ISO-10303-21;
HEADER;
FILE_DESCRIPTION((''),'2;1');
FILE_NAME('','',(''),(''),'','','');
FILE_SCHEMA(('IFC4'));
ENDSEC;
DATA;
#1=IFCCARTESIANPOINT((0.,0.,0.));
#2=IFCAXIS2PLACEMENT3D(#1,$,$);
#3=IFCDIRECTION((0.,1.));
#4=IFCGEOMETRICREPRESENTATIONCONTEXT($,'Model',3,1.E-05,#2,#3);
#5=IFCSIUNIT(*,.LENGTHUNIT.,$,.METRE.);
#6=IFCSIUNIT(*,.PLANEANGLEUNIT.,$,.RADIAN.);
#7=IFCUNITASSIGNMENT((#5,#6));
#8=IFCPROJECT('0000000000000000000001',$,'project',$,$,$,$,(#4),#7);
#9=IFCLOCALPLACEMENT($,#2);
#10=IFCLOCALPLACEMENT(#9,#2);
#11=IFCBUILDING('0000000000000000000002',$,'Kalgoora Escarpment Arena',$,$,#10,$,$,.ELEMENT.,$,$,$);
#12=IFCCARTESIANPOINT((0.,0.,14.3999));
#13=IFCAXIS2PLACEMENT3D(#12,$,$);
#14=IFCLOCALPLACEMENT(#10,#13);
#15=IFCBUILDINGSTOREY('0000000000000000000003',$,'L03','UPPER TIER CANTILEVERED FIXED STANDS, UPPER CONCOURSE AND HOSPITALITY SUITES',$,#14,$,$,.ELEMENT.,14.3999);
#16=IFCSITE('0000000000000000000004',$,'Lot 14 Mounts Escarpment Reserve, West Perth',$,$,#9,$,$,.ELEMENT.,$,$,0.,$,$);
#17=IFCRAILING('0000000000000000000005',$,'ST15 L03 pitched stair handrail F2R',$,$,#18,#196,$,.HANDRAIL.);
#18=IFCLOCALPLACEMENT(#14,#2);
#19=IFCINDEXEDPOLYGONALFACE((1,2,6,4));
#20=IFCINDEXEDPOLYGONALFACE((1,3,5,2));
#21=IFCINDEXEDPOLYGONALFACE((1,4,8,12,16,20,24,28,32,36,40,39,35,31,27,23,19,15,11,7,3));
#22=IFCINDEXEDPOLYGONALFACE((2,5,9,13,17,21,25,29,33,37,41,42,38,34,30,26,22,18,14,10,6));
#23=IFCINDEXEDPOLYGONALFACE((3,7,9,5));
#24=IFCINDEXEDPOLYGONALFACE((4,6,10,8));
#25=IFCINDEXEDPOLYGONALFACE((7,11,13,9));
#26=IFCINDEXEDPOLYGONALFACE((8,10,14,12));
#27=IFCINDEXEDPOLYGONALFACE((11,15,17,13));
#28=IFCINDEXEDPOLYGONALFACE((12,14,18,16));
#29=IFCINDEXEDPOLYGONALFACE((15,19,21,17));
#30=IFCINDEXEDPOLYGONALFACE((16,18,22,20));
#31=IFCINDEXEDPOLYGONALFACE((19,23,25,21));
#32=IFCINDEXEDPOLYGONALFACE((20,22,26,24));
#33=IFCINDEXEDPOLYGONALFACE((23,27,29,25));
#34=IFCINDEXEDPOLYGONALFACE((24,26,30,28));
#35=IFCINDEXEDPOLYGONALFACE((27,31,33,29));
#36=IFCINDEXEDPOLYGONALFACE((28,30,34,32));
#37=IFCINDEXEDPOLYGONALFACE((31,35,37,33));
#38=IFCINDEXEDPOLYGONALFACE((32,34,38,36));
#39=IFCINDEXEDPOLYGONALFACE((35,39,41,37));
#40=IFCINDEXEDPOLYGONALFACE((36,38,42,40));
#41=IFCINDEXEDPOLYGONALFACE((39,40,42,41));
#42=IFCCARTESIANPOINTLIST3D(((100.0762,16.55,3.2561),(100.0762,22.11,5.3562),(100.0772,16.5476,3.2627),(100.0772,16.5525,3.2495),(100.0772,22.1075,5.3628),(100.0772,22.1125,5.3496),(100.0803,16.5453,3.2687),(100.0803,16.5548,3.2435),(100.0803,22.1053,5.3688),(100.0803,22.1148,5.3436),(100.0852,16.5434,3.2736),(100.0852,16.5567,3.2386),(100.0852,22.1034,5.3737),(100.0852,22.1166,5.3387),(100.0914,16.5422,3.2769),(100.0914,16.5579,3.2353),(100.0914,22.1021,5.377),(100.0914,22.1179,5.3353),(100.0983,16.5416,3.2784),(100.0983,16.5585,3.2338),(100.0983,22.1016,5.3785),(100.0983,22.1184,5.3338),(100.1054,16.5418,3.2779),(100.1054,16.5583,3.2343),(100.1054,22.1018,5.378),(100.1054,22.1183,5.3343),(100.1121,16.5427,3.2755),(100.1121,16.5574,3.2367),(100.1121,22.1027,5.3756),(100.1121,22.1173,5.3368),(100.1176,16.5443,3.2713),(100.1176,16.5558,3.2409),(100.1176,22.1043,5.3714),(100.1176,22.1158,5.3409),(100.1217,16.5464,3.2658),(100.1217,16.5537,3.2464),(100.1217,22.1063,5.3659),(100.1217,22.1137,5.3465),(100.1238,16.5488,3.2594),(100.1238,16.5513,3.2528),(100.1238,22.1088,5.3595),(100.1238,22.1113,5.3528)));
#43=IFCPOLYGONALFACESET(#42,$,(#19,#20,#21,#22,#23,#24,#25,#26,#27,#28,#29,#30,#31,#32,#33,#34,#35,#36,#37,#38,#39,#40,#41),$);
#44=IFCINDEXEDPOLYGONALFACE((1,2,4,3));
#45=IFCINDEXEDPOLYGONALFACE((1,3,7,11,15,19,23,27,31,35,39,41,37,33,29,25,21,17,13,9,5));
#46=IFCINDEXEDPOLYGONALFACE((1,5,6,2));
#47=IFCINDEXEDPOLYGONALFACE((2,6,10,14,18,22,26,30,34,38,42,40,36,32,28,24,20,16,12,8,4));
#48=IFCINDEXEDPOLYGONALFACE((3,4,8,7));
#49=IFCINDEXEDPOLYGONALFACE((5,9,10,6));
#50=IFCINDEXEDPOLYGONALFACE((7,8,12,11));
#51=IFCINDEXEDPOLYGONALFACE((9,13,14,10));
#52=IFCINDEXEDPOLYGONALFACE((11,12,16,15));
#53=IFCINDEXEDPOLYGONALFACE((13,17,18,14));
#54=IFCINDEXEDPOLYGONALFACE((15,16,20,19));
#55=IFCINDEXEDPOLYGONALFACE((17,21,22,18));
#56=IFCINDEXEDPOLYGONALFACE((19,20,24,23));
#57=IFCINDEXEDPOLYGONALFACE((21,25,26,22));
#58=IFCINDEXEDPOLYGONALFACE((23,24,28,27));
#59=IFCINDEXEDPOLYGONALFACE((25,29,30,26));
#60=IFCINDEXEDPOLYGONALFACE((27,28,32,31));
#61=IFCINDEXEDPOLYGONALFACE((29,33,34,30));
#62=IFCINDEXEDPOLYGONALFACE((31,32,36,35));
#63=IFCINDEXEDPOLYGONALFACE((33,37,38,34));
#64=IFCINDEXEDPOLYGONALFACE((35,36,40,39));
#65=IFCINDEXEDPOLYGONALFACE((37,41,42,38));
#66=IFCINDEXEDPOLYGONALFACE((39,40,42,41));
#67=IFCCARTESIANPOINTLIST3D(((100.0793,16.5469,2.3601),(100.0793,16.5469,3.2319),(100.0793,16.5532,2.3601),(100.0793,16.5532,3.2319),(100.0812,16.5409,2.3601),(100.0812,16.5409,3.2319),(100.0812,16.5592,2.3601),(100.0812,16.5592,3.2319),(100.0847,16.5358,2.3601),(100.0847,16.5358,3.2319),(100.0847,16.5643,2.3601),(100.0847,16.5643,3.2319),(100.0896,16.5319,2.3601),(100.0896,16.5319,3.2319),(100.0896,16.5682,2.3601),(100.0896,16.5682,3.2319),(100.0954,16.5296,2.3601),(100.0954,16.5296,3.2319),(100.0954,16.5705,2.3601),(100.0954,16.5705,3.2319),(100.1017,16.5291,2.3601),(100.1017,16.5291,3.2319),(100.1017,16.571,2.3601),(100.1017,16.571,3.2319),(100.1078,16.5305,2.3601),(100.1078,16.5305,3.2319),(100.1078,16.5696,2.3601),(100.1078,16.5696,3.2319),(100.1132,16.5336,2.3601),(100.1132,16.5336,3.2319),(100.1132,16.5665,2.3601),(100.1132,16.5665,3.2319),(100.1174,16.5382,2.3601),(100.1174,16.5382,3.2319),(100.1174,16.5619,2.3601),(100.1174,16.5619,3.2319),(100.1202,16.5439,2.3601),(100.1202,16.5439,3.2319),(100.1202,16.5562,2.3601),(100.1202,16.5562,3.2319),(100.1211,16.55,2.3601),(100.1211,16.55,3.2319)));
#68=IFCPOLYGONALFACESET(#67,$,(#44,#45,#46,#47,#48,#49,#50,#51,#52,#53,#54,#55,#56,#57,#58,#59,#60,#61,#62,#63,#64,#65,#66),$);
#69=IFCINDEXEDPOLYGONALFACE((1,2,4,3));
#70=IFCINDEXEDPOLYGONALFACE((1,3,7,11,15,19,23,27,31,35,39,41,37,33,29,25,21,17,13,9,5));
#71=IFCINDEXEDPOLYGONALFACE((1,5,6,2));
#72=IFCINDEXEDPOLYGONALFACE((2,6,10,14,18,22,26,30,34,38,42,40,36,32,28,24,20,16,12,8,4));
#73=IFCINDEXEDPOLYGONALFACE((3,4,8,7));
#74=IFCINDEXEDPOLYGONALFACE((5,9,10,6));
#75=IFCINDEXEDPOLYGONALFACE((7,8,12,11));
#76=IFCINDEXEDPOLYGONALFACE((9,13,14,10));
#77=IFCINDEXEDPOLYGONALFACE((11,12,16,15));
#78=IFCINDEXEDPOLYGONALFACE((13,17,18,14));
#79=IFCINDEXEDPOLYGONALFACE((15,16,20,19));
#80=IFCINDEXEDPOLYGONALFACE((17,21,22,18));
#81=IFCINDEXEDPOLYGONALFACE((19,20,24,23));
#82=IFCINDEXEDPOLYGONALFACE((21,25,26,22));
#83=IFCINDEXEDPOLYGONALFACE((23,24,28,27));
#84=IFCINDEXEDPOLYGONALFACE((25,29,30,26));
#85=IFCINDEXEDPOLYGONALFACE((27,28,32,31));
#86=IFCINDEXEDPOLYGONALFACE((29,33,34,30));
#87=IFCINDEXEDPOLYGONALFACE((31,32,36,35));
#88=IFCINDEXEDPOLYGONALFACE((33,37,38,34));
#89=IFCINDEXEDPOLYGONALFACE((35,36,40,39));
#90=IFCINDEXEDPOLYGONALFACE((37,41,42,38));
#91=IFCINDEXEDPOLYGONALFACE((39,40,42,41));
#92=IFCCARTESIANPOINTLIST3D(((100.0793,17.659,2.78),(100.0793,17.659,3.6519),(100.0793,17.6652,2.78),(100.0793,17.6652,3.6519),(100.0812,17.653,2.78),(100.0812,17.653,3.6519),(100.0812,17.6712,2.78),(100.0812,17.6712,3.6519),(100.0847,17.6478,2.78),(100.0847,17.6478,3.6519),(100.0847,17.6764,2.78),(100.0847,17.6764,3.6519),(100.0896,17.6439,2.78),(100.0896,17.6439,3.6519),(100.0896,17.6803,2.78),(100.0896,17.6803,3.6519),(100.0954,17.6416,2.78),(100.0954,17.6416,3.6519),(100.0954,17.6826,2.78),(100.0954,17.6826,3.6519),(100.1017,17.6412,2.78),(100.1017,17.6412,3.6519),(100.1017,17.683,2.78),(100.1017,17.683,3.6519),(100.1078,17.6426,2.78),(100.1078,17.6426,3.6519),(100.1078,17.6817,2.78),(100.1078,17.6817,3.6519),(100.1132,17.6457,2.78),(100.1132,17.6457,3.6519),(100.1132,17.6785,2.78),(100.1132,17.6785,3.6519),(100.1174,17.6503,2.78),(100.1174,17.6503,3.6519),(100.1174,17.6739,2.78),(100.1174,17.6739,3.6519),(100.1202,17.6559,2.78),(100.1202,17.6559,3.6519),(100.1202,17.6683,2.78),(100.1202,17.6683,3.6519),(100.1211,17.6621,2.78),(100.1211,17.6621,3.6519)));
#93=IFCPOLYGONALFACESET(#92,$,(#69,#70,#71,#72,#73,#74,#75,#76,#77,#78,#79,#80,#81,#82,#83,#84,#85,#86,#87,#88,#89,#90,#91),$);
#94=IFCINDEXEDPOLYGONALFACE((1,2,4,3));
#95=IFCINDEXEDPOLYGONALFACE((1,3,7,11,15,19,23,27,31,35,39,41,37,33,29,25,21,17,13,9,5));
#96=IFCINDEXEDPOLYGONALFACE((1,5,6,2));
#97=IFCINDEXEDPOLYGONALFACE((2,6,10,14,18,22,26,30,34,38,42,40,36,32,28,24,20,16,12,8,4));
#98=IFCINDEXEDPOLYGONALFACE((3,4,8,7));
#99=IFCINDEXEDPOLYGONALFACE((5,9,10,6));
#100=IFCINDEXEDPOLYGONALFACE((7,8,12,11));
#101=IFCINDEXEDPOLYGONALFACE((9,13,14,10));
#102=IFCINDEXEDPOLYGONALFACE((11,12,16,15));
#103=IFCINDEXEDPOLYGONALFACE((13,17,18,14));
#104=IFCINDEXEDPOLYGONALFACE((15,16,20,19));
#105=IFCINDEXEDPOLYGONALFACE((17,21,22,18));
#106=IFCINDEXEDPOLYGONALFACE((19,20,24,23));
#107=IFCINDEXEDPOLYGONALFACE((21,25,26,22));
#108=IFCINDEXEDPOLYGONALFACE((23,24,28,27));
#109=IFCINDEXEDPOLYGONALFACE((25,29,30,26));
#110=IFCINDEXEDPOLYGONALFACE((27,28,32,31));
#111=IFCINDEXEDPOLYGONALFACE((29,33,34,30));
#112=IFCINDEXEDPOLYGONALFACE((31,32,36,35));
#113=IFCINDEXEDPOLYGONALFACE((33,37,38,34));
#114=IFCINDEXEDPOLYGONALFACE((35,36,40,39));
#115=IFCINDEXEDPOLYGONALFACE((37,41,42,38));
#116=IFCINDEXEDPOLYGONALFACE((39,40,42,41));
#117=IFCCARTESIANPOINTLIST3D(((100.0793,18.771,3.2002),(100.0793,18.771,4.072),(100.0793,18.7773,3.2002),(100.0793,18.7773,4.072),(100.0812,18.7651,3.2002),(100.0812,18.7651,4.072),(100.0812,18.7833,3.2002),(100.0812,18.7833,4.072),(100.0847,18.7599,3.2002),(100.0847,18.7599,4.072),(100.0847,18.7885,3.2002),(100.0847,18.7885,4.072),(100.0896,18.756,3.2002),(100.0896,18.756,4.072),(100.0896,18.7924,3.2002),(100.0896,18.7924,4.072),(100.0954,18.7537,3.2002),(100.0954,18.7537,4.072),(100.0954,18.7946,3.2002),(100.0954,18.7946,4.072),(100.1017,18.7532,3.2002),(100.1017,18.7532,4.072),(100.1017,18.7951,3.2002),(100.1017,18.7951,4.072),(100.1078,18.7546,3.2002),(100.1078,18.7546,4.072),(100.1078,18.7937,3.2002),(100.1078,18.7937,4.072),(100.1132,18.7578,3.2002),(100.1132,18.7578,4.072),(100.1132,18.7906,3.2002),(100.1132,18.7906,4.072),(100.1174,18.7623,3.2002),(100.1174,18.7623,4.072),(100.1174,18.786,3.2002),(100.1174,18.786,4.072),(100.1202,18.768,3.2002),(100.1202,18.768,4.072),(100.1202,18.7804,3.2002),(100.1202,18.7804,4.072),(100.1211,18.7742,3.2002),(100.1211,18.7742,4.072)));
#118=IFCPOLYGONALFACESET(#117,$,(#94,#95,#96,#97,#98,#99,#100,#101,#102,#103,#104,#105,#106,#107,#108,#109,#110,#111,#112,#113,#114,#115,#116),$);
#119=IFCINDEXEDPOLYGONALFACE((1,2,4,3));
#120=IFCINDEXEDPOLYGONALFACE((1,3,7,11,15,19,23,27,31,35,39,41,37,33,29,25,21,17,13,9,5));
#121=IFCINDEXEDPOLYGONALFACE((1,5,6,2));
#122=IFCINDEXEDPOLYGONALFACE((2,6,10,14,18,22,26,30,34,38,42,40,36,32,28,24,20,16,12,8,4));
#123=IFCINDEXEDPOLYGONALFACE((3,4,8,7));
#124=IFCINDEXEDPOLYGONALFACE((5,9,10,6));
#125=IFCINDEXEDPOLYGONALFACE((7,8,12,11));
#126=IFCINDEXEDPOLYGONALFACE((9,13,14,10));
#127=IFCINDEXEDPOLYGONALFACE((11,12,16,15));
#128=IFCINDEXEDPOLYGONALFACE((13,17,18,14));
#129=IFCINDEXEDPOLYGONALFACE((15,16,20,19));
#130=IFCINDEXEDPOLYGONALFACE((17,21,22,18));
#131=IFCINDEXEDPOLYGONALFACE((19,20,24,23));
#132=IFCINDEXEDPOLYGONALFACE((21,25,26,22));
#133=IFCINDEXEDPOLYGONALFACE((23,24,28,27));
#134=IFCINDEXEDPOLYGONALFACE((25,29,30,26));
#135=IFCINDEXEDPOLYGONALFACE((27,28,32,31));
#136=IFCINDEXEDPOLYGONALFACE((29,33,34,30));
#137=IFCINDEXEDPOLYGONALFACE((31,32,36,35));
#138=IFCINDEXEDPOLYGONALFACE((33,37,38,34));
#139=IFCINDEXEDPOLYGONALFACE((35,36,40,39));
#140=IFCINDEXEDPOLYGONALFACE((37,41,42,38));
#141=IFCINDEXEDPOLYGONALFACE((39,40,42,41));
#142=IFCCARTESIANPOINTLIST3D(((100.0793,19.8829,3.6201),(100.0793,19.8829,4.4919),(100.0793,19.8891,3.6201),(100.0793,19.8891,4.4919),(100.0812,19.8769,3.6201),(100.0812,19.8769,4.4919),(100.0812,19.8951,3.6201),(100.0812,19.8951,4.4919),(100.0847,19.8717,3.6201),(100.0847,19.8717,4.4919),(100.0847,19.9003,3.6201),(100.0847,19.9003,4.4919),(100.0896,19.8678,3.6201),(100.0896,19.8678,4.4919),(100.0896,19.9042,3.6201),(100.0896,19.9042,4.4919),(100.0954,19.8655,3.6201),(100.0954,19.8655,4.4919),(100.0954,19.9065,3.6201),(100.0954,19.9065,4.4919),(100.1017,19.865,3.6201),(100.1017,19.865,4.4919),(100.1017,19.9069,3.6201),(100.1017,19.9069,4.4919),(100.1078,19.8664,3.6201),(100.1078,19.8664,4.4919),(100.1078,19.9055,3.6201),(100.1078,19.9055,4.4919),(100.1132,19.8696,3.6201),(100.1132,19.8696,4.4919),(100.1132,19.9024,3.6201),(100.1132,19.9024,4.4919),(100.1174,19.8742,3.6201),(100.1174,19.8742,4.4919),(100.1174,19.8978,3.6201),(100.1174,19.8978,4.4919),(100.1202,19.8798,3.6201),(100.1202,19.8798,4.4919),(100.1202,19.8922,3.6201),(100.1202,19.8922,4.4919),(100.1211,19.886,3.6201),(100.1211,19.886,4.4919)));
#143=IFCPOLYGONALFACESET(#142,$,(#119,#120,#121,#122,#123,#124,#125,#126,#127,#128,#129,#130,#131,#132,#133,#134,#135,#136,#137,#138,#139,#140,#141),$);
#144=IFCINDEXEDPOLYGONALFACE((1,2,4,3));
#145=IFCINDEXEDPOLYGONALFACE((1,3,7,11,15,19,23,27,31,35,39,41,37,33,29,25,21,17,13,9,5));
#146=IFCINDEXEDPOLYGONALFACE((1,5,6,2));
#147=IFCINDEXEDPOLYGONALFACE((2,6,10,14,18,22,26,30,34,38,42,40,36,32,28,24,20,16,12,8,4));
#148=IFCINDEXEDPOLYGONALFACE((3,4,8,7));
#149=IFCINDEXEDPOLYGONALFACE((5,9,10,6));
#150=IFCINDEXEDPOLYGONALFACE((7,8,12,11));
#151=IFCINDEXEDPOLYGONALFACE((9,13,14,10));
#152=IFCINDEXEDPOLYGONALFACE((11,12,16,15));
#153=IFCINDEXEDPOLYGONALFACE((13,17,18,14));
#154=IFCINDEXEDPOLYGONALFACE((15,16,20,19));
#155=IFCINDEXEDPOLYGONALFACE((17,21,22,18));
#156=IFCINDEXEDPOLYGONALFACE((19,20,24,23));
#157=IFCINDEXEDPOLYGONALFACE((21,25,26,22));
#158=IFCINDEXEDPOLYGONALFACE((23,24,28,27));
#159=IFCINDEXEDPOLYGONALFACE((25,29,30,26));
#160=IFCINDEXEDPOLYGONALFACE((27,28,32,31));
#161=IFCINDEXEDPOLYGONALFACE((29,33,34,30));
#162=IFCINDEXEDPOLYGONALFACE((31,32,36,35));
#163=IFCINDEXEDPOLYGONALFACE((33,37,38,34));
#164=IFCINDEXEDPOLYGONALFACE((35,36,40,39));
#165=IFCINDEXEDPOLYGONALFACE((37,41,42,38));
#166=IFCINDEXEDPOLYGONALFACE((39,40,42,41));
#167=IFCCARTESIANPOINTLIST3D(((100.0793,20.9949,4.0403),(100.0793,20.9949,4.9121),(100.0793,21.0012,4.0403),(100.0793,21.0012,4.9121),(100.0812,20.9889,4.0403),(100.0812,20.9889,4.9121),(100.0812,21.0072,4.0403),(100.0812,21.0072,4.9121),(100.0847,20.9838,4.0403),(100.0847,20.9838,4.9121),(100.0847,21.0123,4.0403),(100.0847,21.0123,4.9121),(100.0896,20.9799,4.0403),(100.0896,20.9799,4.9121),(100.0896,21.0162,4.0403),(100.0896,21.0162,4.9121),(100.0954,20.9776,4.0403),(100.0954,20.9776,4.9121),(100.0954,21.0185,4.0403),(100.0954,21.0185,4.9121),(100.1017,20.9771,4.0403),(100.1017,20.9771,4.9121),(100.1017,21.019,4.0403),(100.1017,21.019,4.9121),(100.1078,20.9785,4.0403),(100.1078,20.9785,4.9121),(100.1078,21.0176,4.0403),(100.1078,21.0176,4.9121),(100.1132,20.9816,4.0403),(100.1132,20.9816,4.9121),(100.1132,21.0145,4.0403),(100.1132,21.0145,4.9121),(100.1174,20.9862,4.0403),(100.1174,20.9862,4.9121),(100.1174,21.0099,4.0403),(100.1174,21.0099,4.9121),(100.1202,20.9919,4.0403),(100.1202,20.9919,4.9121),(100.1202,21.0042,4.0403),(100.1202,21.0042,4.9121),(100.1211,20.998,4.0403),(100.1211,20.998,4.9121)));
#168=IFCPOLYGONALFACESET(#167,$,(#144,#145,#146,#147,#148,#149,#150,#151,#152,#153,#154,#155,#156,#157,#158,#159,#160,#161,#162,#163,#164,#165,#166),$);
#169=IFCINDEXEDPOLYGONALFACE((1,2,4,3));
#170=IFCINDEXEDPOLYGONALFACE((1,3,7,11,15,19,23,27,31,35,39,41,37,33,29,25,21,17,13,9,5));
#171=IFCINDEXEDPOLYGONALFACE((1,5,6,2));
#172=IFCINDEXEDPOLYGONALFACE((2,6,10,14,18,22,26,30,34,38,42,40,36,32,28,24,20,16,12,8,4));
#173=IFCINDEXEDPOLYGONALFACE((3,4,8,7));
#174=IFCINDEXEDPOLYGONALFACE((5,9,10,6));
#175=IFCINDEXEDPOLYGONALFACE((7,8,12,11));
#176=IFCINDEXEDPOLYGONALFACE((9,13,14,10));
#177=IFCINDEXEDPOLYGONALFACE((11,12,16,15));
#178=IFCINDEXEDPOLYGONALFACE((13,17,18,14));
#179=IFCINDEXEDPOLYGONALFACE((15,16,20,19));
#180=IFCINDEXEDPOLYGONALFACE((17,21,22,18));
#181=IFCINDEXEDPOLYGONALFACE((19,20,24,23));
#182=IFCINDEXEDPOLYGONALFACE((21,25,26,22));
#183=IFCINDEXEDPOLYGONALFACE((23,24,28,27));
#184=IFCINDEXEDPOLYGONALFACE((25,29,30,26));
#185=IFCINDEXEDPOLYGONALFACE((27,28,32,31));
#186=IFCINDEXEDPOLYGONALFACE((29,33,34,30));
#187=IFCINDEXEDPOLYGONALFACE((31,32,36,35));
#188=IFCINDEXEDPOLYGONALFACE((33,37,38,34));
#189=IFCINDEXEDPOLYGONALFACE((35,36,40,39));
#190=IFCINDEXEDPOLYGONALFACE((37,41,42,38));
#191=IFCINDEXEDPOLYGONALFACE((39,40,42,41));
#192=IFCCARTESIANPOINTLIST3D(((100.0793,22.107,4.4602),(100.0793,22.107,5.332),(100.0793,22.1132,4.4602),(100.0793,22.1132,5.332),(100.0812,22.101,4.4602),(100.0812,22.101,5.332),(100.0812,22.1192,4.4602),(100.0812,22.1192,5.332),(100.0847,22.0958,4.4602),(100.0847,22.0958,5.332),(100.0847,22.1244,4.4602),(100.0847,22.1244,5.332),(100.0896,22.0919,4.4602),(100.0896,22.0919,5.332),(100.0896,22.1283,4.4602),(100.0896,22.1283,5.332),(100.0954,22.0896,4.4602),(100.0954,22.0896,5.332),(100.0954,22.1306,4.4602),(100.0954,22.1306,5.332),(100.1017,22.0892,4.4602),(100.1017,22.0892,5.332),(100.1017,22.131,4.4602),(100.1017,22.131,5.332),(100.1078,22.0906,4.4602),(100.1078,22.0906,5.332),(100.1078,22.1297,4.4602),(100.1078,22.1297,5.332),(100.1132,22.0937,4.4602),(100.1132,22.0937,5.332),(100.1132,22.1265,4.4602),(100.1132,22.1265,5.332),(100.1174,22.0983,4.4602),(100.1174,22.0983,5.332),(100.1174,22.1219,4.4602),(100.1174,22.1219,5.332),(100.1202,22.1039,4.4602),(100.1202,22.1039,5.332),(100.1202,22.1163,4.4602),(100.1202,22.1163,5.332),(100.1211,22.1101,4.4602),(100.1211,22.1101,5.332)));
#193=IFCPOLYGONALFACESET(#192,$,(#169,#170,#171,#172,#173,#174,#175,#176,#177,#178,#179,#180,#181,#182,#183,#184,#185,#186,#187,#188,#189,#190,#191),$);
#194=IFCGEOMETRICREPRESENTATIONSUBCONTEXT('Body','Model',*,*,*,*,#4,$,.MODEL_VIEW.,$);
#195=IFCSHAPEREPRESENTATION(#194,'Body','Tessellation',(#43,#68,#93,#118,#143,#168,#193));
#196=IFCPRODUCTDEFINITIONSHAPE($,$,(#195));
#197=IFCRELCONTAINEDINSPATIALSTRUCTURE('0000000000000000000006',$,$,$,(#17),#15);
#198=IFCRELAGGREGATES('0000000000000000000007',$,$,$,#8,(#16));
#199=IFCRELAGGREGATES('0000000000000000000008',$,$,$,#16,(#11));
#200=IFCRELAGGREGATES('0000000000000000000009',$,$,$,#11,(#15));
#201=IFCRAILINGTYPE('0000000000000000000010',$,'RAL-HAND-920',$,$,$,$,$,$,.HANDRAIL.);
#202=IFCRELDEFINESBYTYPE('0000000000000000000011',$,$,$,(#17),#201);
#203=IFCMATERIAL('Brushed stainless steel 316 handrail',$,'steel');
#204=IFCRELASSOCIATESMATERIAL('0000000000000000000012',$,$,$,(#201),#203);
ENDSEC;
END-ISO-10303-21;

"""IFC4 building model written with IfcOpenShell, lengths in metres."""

from ifc_helpers import new_model, si_unit, direction, frame, origin, origin_2d, place, context, subcontext, project, spatial, circle, extrude, material, type_object, element, save


model = new_model("IFC4")

# Units and contexts
model_context = context("Model", 3, precision=1e-05, world=origin(), true_north=direction((0.0, 1.0)))
body_context = subcontext(model_context, "Body", "Model", "MODEL_VIEW")
ifc_project = project(units=[si_unit("LENGTHUNIT", "METRE"), si_unit("PLANEANGLEUNIT", "RADIAN")], contexts=[model_context])

# Site, building, storey
site_placement = place(None, origin())
site = spatial("IfcSite", under=ifc_project, at=site_placement, Name="Lot 14 Mounts Escarpment Reserve, West Perth", CompositionType="ELEMENT", RefElevation=0.0)
building_placement = place(site_placement, origin())
building = spatial("IfcBuilding", under=site, at=building_placement, Name="Kalgoora Escarpment Arena", CompositionType="ELEMENT")
storey_placement = place(building_placement, frame((0.0, 0.0, 14.3999)))
storey = spatial("IfcBuildingStorey", under=building, at=storey_placement, Name="L03", Description="UPPER TIER CANTILEVERED FIXED STANDS, UPPER CONCOURSE AND HOSPITALITY SUITES", CompositionType="ELEMENT", Elevation=14.3999)

# Railing
ifc_material_1 = material(Name="Brushed stainless steel 316 handrail", Category="steel")
railing_type_1 = type_object("IfcRailingType", Name="RAL-HAND-920", PredefinedType="HANDRAIL", material=ifc_material_1)
for number, where, name in (
    (1, (100.1001, 16.55, 2.3601), "ST15 L03 pitched stair handrail F2R"),
):
    element("IfcRailing", number, at=place(storey_placement, frame(where)), inside=storey, type_object=railing_type_1, Name=name, PredefinedType="HANDRAIL", context=body_context, shape_type="SweptSolid", body=[
        extrude(circle(Radius=0.0239, at=origin_2d()), frame((0.0, 0.0, 0.896), z_axis=(0.0, 0.935493, 0.353346), x_axis=(-1.0, 0.0, 0.0)), (0.0, 0.0, 1.0), 5.9434),
        extrude(circle(Radius=0.021, at=origin_2d()), origin(), (0.0, 0.0, 1.0), 0.8718),
        extrude(circle(Radius=0.021, at=origin_2d()), frame((0.0, 1.1121, 0.4199)), (0.0, 0.0, 1.0), 0.8718),
        extrude(circle(Radius=0.021, at=origin_2d()), frame((0.0, 2.2241, 0.8401)), (0.0, 0.0, 1.0), 0.8718),
        extrude(circle(Radius=0.021, at=origin_2d()), frame((0.0, 3.3359, 1.26)), (0.0, 0.0, 1.0), 0.8718),
        extrude(circle(Radius=0.021, at=origin_2d()), frame((0.0, 4.448, 1.6802)), (0.0, 0.0, 1.0), 0.8718),
        extrude(circle(Radius=0.021, at=origin_2d()), frame((0.0, 5.5601, 2.1001)), (0.0, 0.0, 1.0), 0.8718),
    ])

save(model, "model.ifc")
